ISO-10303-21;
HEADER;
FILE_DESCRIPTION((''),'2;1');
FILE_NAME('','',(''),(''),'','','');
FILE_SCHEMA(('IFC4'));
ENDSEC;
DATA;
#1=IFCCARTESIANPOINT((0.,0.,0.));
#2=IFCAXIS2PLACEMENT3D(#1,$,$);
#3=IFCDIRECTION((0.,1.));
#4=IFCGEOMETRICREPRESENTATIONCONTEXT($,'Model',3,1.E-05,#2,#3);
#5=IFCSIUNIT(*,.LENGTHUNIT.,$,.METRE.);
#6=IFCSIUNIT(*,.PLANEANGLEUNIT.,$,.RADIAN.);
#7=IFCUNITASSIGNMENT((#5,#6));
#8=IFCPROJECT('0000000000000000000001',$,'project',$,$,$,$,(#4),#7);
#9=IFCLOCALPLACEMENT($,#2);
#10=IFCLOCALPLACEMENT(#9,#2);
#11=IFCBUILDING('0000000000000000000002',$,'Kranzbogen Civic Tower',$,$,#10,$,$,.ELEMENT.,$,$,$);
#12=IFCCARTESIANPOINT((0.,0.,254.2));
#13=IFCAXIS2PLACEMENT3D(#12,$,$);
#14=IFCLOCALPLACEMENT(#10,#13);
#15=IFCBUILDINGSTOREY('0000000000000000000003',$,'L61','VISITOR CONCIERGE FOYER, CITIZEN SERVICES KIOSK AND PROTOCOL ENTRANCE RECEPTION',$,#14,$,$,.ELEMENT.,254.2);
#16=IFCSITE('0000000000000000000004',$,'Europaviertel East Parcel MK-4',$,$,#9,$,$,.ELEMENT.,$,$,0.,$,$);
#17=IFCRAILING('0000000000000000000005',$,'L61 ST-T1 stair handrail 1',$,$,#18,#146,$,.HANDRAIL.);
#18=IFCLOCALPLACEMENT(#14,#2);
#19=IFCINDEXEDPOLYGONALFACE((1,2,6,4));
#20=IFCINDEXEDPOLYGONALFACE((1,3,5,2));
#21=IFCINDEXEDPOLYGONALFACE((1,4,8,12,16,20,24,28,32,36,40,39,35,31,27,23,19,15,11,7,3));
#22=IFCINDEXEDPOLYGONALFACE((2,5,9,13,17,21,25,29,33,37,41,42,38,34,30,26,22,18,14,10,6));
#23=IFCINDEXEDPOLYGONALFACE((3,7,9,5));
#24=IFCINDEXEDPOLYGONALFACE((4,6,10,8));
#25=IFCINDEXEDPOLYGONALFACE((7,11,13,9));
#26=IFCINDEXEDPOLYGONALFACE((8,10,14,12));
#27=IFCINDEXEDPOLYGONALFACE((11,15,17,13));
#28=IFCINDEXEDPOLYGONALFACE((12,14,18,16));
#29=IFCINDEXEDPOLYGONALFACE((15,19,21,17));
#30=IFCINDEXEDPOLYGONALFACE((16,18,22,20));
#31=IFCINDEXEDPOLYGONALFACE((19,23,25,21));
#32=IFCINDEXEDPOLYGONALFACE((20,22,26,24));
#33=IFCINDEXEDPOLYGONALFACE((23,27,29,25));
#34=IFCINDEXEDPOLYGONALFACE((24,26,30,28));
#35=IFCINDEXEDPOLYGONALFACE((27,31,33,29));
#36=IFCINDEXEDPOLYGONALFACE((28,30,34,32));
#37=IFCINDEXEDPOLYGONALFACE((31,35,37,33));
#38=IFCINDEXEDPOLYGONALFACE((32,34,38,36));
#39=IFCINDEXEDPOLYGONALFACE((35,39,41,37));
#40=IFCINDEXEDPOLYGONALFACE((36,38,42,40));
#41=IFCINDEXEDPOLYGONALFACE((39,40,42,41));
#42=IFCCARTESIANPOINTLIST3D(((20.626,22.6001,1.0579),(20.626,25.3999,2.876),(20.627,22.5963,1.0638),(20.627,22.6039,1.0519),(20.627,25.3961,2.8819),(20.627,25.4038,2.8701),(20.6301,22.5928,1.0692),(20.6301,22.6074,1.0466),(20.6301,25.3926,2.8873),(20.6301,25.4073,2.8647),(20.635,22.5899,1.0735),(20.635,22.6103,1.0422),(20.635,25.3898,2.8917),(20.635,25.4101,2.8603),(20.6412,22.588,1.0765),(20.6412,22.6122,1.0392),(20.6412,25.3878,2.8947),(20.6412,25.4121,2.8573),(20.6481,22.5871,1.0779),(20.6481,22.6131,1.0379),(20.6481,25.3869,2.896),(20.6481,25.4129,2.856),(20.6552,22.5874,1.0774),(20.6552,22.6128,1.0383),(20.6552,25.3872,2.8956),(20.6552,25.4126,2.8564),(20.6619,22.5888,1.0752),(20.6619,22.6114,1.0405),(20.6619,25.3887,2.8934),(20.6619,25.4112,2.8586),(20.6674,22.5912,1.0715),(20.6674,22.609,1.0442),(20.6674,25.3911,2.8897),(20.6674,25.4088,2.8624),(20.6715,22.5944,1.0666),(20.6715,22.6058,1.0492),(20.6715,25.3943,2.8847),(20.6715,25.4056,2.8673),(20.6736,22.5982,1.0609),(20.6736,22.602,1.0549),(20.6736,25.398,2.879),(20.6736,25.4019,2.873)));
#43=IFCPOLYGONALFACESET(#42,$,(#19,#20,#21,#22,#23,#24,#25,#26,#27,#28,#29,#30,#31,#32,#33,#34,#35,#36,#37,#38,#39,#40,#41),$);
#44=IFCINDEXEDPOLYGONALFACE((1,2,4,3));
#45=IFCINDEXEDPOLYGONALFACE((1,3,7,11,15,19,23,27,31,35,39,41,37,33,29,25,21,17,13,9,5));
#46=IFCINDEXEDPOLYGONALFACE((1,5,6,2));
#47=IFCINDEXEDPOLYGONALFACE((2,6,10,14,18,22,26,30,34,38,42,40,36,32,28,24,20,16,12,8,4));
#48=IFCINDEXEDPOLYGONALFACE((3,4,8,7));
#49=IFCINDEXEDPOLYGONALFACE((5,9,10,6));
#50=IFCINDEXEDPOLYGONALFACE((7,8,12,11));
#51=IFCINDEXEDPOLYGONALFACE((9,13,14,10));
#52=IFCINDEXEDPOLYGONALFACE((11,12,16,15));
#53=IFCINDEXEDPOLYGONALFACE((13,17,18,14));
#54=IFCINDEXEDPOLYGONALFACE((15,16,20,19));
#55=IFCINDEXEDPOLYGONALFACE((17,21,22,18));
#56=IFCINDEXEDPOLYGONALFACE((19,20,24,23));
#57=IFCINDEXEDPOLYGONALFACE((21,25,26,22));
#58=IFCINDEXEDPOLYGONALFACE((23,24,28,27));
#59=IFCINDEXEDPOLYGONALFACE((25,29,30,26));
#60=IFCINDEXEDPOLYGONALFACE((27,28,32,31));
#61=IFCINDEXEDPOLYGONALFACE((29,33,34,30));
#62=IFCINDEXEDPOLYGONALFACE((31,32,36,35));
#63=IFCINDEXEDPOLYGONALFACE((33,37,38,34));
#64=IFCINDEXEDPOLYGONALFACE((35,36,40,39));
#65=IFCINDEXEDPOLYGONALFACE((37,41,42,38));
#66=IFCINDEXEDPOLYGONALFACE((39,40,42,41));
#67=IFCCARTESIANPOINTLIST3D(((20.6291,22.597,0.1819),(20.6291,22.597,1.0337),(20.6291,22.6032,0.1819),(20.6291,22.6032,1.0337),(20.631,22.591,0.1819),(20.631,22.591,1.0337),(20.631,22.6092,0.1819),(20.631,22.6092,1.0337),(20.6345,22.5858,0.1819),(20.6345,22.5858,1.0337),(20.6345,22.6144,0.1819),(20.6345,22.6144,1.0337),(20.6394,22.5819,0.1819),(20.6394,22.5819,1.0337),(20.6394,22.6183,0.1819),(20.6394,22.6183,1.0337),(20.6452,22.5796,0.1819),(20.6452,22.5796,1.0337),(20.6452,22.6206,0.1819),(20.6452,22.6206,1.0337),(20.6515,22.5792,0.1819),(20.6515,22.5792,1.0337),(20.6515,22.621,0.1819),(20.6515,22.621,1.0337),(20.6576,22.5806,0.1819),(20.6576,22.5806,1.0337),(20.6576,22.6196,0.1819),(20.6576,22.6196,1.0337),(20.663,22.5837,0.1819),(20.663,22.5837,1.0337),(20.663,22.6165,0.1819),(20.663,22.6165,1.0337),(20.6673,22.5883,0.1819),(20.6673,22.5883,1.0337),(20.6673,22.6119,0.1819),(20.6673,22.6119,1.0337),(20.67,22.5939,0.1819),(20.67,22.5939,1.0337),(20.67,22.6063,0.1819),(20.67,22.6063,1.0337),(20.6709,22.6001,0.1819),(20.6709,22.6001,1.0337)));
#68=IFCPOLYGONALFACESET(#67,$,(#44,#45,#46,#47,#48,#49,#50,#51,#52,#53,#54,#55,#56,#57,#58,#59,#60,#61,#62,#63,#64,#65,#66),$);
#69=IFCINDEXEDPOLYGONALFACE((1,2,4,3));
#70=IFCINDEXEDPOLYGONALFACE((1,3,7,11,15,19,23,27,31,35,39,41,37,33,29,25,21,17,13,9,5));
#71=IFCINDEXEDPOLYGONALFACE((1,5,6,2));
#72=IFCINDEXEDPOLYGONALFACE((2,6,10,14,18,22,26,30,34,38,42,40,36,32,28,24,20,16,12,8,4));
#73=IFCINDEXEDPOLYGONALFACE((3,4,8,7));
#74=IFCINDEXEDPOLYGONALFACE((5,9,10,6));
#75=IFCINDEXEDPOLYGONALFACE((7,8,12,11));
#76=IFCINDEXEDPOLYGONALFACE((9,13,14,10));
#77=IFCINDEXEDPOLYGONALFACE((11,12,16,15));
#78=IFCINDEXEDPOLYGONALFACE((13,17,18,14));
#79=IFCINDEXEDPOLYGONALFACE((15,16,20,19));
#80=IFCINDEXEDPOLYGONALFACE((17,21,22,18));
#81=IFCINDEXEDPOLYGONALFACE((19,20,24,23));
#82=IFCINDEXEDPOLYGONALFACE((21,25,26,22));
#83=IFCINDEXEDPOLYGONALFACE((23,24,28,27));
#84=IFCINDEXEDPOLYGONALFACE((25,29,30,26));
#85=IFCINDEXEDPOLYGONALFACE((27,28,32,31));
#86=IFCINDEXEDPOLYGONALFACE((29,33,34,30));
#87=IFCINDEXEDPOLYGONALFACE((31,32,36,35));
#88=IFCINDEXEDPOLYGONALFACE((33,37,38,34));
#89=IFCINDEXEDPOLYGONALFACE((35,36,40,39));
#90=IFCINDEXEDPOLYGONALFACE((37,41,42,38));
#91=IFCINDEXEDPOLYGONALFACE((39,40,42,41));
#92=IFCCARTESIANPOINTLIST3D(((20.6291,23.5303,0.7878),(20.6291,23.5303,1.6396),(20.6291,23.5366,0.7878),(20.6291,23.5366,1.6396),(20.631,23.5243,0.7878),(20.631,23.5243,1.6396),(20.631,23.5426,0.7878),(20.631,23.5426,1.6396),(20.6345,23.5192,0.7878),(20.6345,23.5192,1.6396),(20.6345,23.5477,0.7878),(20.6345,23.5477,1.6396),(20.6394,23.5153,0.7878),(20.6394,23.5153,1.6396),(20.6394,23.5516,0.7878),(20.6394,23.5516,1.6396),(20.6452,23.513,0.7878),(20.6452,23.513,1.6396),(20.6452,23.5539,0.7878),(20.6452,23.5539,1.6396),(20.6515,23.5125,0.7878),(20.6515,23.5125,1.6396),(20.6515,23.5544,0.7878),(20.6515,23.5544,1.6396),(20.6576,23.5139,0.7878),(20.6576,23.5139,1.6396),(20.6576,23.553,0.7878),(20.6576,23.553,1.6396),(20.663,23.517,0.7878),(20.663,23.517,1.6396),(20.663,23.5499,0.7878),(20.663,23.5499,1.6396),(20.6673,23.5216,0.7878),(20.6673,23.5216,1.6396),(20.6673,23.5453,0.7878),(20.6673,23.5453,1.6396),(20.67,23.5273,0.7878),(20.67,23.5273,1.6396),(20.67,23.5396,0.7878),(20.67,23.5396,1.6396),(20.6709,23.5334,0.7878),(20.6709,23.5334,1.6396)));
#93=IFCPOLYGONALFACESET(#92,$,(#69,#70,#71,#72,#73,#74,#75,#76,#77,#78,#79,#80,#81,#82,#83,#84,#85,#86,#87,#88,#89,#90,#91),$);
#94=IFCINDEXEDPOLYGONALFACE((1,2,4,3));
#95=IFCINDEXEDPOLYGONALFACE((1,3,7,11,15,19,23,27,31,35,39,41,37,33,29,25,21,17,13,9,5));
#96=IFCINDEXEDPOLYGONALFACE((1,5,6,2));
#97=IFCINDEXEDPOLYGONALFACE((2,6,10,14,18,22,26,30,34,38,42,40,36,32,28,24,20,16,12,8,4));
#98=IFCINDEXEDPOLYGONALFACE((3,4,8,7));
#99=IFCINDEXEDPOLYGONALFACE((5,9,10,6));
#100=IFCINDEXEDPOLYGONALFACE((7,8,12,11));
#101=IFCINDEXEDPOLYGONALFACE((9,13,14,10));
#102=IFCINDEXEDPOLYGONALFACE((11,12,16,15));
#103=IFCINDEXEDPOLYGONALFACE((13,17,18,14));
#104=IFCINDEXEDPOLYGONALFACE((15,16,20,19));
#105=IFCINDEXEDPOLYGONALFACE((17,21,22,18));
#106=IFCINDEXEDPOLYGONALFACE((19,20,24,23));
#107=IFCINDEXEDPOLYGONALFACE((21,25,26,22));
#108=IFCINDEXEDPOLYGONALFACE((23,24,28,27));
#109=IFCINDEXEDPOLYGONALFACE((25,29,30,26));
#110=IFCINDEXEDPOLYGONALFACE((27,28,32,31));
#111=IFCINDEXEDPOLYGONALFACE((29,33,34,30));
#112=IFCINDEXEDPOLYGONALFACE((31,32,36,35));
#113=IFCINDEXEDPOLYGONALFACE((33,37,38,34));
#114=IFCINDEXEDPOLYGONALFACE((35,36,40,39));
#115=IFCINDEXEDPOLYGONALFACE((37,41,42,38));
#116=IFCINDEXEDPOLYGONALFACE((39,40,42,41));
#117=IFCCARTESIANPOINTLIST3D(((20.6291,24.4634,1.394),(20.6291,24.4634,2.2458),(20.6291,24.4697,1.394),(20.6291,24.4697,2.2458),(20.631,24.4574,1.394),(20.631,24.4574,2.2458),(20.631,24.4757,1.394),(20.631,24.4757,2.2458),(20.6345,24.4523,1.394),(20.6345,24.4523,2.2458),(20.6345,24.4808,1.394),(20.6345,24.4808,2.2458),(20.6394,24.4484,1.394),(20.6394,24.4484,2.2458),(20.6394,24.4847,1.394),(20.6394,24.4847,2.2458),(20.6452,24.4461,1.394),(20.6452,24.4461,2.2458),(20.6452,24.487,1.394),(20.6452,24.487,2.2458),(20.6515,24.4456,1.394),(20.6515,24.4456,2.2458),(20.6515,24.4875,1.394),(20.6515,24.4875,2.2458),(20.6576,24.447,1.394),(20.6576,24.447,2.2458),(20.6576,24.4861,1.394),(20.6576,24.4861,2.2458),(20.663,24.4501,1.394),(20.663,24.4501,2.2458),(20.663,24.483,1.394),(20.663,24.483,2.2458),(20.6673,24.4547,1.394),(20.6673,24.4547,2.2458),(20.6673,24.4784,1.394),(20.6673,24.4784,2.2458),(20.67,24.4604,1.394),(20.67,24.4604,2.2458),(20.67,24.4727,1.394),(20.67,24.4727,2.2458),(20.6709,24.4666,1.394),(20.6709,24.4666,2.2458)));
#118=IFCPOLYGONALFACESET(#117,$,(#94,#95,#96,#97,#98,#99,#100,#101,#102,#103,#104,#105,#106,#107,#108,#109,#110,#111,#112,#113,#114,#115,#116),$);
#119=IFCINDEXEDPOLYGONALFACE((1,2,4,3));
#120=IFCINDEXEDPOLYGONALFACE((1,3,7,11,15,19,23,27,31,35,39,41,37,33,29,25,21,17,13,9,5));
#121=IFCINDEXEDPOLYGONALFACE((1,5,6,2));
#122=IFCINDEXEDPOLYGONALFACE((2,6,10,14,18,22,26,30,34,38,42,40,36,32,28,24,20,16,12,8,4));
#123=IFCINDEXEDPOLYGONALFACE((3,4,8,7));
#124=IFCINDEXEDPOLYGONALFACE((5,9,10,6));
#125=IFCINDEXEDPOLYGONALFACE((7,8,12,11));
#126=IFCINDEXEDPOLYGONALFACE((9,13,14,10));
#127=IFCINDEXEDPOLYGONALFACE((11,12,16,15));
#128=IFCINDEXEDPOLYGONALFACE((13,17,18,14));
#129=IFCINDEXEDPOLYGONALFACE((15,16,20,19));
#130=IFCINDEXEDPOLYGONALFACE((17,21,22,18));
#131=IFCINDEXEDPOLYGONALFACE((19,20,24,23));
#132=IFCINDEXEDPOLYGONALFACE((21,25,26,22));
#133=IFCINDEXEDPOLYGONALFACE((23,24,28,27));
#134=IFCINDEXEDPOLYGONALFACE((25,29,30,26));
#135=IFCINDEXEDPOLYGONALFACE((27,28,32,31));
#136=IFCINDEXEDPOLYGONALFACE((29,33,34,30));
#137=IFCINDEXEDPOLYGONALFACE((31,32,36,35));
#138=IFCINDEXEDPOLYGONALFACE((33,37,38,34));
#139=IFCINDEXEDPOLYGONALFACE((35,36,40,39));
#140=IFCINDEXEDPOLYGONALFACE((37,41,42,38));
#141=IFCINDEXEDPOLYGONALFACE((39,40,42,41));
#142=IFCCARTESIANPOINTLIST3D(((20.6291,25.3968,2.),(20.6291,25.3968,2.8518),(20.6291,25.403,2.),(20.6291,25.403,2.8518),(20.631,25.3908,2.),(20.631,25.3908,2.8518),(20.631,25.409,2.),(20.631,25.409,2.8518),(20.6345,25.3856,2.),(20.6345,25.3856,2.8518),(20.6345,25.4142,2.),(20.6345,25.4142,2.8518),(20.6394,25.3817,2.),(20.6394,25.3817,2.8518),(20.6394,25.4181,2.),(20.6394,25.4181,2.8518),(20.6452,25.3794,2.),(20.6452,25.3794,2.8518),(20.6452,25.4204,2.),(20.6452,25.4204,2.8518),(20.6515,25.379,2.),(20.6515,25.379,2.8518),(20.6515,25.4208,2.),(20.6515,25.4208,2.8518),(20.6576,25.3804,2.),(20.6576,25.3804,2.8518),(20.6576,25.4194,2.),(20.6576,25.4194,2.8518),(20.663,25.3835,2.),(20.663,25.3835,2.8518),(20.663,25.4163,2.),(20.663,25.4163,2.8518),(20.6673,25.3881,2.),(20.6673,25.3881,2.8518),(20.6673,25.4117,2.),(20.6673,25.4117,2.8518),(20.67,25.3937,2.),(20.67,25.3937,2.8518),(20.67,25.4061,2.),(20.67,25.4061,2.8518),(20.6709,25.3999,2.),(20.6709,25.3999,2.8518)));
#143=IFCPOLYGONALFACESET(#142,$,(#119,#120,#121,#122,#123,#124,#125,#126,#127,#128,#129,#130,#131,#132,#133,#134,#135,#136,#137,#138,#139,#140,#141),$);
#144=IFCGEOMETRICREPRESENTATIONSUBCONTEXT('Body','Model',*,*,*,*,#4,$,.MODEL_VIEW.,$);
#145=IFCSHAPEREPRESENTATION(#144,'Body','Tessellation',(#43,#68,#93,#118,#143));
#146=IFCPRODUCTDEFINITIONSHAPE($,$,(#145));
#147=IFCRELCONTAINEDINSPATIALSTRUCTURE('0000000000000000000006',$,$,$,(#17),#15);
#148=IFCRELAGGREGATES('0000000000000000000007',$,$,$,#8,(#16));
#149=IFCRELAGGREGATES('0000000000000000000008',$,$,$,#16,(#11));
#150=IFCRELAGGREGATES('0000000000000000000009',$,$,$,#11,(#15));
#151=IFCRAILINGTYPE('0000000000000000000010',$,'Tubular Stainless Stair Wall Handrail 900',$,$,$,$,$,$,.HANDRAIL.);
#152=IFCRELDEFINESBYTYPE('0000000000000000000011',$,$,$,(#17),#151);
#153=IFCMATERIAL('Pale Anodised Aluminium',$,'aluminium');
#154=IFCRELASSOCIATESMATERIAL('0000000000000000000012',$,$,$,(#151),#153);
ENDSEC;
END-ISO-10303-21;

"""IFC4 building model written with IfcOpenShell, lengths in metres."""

from ifc_helpers import new_model, si_unit, direction, frame, origin, origin_2d, place, context, subcontext, project, spatial, circle, extrude, material, type_object, element, save


model = new_model("IFC4")

# Units and contexts
model_context = context("Model", 3, precision=1e-05, world=origin(), true_north=direction((0.0, 1.0)))
body_context = subcontext(model_context, "Body", "Model", "MODEL_VIEW")
ifc_project = project(units=[si_unit("LENGTHUNIT", "METRE"), si_unit("PLANEANGLEUNIT", "RADIAN")], contexts=[model_context])

# Site, building, storey
site_placement = place(None, origin())
site = spatial("IfcSite", under=ifc_project, at=site_placement, Name="Europaviertel East Parcel MK-4", CompositionType="ELEMENT", RefElevation=0.0)
building_placement = place(site_placement, origin())
building = spatial("IfcBuilding", under=site, at=building_placement, Name="Kranzbogen Civic Tower", CompositionType="ELEMENT")
storey_placement = place(building_placement, frame((0.0, 0.0, 254.2)))
storey = spatial("IfcBuildingStorey", under=building, at=storey_placement, Name="L61", Description="VISITOR CONCIERGE FOYER, CITIZEN SERVICES KIOSK AND PROTOCOL ENTRANCE RECEPTION", CompositionType="ELEMENT", Elevation=254.2)

# Shared definitions
ifc_material_1 = material(Name="Pale Anodised Aluminium", Category="aluminium")

# Railing
railing_type_1 = type_object("IfcRailingType", Name="Tubular Stainless Stair Wall Handrail 900", PredefinedType="HANDRAIL", material=ifc_material_1)
railing_1_placement = place(storey_placement, frame((20.6499, 22.6001, 0.1819)))
element("IfcRailing", 1, at=railing_1_placement, inside=storey, type_object=railing_type_1, Name="L61 ST-T1 stair handrail 1", PredefinedType="HANDRAIL", context=body_context, shape_type="SweptSolid", body=[
    extrude(circle(Radius=0.0239, at=origin_2d()), frame((0.0, 0.0, 0.876), z_axis=(0.0, 0.838684, 0.544618), x_axis=(-1.0, 0.0, 0.0)), (0.0, 0.0, 1.0), 3.3384),
    extrude(circle(Radius=0.021, at=origin_2d()), origin(), (0.0, 0.0, 1.0), 0.8518),
    extrude(circle(Radius=0.021, at=origin_2d()), frame((0.0, 0.9333, 0.606)), (0.0, 0.0, 1.0), 0.8518),
    extrude(circle(Radius=0.021, at=origin_2d()), frame((0.0, 1.8665, 1.2122)), (0.0, 0.0, 1.0), 0.8518),
    extrude(circle(Radius=0.021, at=origin_2d()), frame((0.0, 2.7998, 1.8181)), (0.0, 0.0, 1.0), 0.8518),
])

save(model, "model.ifc")
